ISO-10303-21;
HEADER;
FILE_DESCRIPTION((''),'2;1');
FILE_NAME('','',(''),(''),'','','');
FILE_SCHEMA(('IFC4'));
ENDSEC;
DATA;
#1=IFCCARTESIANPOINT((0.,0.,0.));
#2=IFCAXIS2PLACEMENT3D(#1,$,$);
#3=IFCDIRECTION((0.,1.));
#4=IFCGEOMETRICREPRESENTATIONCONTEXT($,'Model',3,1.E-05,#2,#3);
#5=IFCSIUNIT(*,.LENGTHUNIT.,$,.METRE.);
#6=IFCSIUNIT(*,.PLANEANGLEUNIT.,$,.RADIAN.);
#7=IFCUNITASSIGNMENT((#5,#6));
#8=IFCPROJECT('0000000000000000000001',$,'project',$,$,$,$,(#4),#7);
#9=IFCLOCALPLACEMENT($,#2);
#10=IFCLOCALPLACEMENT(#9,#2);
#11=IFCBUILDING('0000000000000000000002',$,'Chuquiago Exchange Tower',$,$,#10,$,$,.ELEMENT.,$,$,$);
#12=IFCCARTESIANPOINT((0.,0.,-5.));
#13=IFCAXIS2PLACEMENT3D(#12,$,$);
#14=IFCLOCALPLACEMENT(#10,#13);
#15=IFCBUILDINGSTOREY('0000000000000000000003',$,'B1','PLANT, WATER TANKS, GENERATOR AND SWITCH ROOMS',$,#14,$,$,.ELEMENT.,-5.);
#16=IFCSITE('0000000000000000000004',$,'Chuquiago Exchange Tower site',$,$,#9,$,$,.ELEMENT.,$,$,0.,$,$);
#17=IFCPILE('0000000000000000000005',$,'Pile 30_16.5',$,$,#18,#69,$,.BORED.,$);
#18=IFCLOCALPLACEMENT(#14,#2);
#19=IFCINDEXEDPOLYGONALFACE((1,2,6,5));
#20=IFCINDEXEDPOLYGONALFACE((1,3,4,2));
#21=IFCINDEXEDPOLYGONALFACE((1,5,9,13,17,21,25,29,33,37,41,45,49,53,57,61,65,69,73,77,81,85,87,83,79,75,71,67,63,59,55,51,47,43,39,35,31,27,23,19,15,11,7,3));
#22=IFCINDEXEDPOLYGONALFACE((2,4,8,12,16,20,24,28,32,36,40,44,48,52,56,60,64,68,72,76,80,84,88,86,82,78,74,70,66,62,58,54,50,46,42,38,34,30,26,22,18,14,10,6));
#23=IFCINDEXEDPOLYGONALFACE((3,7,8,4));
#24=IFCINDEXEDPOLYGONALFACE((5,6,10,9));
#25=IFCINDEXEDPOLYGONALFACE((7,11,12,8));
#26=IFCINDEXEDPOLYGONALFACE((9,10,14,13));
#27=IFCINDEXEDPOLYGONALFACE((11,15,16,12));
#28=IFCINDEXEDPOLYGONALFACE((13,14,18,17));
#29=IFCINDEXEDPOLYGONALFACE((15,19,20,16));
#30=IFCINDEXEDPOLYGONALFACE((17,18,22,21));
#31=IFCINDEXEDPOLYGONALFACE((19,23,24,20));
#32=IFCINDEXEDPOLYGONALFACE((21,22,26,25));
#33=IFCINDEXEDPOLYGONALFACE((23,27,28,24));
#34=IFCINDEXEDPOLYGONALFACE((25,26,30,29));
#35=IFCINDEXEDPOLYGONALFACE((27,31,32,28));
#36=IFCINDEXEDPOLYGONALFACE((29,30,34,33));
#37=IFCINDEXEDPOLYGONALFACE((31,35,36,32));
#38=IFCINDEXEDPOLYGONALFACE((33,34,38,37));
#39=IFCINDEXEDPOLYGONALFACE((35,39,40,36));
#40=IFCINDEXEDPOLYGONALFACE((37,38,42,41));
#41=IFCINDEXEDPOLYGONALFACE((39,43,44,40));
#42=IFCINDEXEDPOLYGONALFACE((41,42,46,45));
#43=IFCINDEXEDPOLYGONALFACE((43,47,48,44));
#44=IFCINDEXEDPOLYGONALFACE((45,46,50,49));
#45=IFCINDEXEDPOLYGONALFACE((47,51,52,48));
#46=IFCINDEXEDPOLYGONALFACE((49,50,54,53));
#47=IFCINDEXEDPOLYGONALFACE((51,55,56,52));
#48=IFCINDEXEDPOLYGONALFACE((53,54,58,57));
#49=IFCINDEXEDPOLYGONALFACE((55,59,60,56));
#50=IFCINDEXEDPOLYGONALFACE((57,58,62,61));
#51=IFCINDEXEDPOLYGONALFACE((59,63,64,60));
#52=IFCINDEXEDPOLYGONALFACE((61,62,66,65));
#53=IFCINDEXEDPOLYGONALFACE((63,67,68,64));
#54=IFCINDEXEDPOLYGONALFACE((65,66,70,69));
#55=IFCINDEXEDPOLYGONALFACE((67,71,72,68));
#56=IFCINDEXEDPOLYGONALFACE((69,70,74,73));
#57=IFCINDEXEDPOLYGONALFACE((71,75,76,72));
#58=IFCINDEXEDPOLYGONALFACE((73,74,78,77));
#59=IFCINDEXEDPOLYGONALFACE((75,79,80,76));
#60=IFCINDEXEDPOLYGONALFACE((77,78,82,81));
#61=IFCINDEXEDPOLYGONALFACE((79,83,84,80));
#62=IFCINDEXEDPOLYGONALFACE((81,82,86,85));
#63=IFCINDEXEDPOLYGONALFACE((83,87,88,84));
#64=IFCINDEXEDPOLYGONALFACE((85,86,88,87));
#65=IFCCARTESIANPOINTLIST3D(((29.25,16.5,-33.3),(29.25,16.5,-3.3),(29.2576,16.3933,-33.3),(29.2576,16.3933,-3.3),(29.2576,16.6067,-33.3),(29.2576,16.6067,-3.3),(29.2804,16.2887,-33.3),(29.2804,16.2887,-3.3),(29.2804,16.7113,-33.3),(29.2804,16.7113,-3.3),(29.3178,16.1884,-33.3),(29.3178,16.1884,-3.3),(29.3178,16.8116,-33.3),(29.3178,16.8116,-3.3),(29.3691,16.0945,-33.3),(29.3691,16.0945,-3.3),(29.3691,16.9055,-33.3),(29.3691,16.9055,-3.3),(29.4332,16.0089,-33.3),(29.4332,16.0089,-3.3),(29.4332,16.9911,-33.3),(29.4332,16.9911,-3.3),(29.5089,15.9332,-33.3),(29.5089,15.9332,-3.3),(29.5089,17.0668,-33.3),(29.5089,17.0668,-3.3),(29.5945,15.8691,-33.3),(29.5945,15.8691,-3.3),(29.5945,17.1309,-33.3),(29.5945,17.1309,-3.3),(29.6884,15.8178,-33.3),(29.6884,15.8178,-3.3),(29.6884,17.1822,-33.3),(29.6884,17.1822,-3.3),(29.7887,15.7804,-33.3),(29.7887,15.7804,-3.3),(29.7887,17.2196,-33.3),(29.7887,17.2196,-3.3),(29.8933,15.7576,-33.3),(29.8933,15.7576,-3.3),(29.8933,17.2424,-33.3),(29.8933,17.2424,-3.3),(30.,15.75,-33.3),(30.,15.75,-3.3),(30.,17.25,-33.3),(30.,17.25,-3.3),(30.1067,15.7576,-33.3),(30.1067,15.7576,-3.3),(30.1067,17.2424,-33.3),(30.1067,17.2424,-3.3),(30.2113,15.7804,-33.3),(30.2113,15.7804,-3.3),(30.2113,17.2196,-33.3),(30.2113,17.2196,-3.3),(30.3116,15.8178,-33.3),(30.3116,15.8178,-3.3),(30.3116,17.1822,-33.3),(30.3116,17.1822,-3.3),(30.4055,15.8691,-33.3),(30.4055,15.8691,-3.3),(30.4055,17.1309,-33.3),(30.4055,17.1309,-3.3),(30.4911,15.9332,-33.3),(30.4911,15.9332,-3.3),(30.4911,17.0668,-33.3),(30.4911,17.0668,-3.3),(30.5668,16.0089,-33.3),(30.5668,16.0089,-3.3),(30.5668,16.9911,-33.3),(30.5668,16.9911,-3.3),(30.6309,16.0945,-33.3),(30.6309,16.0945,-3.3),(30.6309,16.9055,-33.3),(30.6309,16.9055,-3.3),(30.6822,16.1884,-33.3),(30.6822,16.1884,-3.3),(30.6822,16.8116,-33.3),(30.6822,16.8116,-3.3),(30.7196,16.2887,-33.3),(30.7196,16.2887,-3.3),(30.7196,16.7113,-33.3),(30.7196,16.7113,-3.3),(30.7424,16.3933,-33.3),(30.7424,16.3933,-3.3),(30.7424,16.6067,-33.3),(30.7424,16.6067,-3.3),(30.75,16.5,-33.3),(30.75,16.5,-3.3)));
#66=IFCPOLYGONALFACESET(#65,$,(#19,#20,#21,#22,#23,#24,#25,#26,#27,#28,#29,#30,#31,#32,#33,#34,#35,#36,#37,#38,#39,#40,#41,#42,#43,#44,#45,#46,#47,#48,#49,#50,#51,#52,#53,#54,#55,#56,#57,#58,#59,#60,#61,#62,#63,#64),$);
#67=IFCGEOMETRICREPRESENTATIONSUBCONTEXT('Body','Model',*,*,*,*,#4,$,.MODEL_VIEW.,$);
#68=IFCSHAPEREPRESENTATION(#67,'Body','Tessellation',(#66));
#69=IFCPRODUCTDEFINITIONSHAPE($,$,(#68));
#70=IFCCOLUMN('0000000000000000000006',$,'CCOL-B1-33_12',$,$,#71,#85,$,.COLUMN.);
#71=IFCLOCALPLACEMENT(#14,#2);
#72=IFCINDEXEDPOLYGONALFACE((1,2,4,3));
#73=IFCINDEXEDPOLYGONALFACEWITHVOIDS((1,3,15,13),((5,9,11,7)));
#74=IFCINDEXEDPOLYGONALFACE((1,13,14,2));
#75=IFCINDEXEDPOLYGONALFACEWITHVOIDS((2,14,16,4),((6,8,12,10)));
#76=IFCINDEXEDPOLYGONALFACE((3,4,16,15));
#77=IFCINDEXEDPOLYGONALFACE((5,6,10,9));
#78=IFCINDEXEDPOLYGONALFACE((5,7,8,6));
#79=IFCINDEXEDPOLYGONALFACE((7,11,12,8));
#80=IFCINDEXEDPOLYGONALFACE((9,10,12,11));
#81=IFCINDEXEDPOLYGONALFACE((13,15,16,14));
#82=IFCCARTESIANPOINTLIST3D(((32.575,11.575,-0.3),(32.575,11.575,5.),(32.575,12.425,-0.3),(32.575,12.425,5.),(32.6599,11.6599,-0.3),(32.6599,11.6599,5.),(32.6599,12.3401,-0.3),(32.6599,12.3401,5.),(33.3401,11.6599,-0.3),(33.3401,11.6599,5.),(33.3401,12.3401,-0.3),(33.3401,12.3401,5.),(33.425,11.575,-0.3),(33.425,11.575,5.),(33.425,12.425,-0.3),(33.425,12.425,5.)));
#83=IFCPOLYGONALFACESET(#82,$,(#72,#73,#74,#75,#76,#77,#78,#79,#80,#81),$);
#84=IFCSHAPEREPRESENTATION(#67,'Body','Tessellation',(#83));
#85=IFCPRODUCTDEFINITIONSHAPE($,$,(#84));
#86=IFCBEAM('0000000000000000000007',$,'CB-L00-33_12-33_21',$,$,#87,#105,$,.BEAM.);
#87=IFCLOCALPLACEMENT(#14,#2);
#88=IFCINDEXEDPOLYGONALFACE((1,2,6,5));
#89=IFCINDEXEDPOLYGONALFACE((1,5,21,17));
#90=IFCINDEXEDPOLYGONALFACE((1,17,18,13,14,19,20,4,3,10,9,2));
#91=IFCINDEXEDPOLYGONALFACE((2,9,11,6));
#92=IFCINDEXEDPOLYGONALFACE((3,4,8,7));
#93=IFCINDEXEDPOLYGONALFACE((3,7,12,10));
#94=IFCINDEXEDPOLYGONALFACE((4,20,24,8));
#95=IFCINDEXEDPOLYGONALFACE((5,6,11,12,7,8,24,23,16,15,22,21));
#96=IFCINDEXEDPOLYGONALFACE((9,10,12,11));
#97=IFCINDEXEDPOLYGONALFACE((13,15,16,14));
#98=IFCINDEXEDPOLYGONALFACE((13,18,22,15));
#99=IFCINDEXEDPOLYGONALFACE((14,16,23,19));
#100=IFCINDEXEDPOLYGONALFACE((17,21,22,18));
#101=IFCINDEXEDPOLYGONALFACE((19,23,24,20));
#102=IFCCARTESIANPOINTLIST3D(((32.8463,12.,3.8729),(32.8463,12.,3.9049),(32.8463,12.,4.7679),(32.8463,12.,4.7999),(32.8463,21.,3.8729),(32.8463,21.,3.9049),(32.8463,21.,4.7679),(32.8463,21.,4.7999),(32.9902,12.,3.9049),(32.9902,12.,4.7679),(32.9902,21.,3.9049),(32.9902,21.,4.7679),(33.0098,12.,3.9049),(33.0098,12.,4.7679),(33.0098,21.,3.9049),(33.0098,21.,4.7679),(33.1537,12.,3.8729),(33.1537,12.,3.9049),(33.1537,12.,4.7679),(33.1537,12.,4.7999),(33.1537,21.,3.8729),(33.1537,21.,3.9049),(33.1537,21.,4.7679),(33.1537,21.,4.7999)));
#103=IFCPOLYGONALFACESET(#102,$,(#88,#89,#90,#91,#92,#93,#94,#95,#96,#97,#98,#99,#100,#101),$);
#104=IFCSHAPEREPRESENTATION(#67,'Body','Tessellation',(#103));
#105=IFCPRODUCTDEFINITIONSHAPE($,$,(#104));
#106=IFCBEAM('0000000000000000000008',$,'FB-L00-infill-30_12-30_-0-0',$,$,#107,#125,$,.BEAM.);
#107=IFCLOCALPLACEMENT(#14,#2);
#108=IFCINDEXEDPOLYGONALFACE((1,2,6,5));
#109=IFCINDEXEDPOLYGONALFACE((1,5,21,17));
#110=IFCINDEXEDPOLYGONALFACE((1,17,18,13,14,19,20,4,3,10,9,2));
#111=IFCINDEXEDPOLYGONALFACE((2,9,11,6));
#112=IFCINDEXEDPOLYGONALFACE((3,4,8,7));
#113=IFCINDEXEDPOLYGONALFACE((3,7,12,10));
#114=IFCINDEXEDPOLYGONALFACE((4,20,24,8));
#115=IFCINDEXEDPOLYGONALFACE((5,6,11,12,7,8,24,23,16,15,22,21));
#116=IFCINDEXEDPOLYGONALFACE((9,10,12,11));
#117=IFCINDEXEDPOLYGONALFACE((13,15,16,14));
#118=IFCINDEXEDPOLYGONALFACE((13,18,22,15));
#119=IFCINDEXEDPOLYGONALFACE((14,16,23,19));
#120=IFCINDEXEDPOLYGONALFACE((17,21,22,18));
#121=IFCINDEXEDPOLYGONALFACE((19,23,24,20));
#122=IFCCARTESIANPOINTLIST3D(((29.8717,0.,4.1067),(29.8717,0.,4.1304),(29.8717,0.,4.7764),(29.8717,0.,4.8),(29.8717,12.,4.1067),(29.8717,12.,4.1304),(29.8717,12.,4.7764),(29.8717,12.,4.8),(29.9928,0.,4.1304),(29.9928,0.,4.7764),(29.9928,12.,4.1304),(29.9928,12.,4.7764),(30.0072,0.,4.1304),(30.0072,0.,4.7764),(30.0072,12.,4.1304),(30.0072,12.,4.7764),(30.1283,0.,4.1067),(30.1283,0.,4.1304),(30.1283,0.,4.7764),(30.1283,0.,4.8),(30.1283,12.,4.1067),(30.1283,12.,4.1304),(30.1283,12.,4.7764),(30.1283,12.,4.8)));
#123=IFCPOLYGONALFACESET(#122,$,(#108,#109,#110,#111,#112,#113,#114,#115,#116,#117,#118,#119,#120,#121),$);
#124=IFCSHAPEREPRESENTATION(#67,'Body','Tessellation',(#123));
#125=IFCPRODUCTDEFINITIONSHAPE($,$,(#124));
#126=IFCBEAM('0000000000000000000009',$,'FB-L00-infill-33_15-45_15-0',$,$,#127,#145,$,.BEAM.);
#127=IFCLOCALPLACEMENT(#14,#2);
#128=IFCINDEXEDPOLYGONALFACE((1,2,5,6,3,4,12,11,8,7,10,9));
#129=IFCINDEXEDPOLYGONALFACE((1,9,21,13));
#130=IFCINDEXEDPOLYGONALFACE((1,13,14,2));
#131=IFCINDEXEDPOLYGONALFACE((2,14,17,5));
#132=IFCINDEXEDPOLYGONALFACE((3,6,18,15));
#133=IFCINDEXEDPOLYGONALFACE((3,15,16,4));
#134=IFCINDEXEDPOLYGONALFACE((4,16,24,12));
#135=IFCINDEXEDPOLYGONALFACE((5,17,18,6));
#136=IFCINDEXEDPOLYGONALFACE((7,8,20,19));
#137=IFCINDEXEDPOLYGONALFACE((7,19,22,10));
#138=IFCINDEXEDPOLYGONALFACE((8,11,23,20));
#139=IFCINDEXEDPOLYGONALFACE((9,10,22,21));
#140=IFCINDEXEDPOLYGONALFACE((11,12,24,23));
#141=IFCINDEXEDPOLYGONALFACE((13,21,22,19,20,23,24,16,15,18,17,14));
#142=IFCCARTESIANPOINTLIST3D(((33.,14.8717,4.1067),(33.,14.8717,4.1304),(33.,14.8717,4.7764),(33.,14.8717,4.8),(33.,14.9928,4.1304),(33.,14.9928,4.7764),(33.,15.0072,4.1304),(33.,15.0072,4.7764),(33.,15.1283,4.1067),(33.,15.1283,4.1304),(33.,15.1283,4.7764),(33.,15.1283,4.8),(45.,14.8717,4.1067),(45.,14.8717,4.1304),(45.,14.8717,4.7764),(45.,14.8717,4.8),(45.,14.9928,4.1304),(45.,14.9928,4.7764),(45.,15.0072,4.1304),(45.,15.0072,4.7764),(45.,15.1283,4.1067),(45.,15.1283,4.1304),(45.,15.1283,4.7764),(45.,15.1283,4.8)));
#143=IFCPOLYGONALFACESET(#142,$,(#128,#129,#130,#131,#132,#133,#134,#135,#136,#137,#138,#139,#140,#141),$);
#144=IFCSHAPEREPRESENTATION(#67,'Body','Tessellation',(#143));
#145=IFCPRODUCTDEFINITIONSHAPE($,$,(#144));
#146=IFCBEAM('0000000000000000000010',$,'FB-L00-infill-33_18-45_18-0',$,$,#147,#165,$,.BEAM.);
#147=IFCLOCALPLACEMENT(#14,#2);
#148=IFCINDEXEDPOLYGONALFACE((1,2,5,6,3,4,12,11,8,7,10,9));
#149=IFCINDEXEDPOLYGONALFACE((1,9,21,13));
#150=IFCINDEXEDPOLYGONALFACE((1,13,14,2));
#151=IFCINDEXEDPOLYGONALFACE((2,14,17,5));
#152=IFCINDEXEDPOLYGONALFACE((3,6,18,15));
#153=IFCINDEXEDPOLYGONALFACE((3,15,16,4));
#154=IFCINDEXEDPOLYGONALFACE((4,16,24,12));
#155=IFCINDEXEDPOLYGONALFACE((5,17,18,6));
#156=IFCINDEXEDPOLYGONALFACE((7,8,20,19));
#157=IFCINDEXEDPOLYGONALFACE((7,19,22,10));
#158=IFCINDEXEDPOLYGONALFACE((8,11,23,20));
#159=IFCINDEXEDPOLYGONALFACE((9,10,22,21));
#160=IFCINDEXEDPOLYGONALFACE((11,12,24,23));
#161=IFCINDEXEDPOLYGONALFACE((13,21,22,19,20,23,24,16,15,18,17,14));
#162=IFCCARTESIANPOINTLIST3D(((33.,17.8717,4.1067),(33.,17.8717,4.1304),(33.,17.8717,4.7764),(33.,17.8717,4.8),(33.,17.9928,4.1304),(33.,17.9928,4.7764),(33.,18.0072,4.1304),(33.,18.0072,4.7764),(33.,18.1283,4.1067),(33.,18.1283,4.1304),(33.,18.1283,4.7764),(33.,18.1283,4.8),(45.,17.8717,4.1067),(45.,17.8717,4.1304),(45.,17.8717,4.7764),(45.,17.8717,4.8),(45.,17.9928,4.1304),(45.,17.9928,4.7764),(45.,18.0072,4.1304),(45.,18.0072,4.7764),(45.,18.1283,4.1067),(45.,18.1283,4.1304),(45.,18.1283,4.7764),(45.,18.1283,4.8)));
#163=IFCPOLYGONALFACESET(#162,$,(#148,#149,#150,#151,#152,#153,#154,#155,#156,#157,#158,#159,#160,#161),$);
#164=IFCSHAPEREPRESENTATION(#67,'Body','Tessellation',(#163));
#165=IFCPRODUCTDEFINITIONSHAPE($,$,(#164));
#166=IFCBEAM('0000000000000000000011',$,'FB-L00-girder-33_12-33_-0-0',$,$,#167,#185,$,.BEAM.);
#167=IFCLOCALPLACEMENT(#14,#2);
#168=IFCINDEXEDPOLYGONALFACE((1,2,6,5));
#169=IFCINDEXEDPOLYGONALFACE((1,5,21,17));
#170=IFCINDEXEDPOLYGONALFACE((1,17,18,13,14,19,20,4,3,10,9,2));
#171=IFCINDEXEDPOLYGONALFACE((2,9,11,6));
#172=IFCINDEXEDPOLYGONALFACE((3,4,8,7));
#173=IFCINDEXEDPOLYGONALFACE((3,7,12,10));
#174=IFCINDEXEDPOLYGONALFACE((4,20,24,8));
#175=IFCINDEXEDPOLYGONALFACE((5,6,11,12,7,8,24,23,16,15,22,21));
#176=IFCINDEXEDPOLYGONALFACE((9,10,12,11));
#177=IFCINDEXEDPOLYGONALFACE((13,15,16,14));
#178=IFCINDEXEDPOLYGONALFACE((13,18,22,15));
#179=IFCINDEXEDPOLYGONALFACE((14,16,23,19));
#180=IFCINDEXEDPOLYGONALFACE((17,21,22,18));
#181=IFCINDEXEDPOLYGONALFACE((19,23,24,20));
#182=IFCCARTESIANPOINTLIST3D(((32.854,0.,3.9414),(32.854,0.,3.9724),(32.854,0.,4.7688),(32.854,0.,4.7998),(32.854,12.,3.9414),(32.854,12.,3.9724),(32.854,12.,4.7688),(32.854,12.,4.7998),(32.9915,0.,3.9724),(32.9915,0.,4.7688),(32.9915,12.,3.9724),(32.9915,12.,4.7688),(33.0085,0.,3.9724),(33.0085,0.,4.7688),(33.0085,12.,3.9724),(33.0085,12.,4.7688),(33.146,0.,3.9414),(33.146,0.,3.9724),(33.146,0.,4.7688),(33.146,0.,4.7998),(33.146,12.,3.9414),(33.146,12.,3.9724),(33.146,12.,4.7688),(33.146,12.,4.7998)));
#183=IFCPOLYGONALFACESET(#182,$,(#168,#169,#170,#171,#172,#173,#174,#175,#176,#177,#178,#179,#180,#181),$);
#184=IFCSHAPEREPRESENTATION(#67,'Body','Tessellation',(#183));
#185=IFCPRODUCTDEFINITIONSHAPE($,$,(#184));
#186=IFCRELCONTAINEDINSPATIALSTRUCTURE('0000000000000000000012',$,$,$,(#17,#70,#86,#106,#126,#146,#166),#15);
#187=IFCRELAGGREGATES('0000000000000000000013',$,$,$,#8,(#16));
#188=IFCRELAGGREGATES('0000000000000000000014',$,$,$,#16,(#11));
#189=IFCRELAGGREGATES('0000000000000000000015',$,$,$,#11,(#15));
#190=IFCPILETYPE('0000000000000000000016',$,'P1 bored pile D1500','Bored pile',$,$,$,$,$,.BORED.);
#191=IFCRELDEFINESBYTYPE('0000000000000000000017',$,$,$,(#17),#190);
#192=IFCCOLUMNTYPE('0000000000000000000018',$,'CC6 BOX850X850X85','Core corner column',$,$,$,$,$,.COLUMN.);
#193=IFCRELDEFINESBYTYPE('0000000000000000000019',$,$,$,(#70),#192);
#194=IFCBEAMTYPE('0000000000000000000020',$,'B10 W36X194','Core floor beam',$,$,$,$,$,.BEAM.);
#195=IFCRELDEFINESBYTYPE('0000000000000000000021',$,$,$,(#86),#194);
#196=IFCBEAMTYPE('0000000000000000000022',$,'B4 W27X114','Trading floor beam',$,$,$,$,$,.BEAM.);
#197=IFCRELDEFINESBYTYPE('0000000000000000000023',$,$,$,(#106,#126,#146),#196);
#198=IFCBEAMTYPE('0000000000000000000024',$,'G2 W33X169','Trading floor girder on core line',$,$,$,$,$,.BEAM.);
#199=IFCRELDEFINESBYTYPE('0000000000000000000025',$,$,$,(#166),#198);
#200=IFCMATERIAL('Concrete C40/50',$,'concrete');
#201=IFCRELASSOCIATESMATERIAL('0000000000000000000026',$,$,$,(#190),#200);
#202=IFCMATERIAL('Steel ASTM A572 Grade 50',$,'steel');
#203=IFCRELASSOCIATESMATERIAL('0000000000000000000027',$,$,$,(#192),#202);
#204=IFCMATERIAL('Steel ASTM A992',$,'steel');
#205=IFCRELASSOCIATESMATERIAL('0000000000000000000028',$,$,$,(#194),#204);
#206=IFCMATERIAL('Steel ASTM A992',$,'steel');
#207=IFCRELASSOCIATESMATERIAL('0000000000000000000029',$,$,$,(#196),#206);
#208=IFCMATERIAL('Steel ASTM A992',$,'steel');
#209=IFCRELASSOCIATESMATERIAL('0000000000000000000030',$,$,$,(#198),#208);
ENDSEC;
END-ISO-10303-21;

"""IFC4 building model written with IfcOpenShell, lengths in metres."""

from ifc_helpers import new_model, si_unit, direction, frame, origin, origin_2d, place, context, subcontext, project, spatial, hollow_rectangle, circle, i_section, extrude, material, material_profile, profile_set, type_object, element, save


model = new_model("IFC4")

# Units and contexts
model_context = context("Model", 3, precision=1e-05, world=origin(), true_north=direction((0.0, 1.0)))
body_context = subcontext(model_context, "Body", "Model", "MODEL_VIEW")
ifc_project = project(units=[si_unit("LENGTHUNIT", "METRE"), si_unit("PLANEANGLEUNIT", "RADIAN")], contexts=[model_context])

# Site, building, storey
site_placement = place(None, origin())
site = spatial("IfcSite", under=ifc_project, at=site_placement, Name="Chuquiago Exchange Tower site", CompositionType="ELEMENT", RefElevation=0.0)
building_placement = place(site_placement, origin())
building = spatial("IfcBuilding", under=site, at=building_placement, Name="Chuquiago Exchange Tower", CompositionType="ELEMENT")
storey_placement = place(building_placement, frame((0.0, 0.0, -5.0)))
storey = spatial("IfcBuildingStorey", under=building, at=storey_placement, Name="B1", Description="PLANT, WATER TANKS, GENERATOR AND SWITCH ROOMS", CompositionType="ELEMENT", Elevation=-5.0)

# Pile
ifc_material_1 = material(Name="Concrete C40/50", Category="concrete")
ifc_material_profile_1 = material_profile(ifc_material_1, circle(Radius=0.75, at=origin_2d()), Name="D1500")
ifc_profile_set_1 = profile_set([ifc_material_profile_1], Name="Concrete C40/50")
pile_type = type_object("IfcPileType", Name="P1 bored pile D1500", Description="Bored pile", PredefinedType="BORED", material=ifc_profile_set_1)
for number, where, z_axis, x_axis, name in (
    (1, (30.0, 16.5, -3.3), (0.0, 0.0, -1.0), (1.0, 0.0, 0.0), "Pile 30_16.5"),
):
    element("IfcPile", number, at=place(storey_placement, frame(where, z_axis=z_axis, x_axis=x_axis)), inside=storey, type_object=pile_type, Name=name, PredefinedType="BORED", context=body_context, shape_type="SweptSolid", body=[
        extrude(circle(Radius=0.75, at=origin_2d()), origin(), (0.0, 0.0, 1.0), 30.0),
    ])

# Column
ifc_material_2 = material(Name="Steel ASTM A572 Grade 50", Category="steel")
ifc_material_profile_2 = material_profile(ifc_material_2, hollow_rectangle(XDim=0.8501, YDim=0.8501, WallThickness=0.085, at=origin_2d()), Name="BOX850X850X85")
ifc_profile_set_2 = profile_set([ifc_material_profile_2], Name="Steel ASTM A572 Grade 50")
column_type = type_object("IfcColumnType", Name="CC6 BOX850X850X85", Description="Core corner column", PredefinedType="COLUMN", material=ifc_profile_set_2)
column_placement = place(storey_placement, frame((33.0, 12.0, -0.3), z_axis=(0.0, 0.0, 1.0), x_axis=(1.0, 0.0, 0.0)))
element("IfcColumn", 2, at=column_placement, inside=storey, type_object=column_type, Name="CCOL-B1-33_12", PredefinedType="COLUMN", context=body_context, shape_type="SweptSolid", body=[
    extrude(hollow_rectangle(XDim=0.8501, YDim=0.8501, WallThickness=0.085, at=origin_2d()), origin(), (0.0, 0.0, 1.0), 5.3),
])

# Beams
ifc_material_3 = material(Name="Steel ASTM A992", Category="steel")
ifc_material_profile_3 = material_profile(ifc_material_3, i_section(OverallWidth=0.3074, OverallDepth=0.927, WebThickness=0.0195, FlangeThickness=0.032, at=origin_2d()), Name="W36X194")
ifc_profile_set_3 = profile_set([ifc_material_profile_3], Name="Steel ASTM A992")
beam_type_1 = type_object("IfcBeamType", Name="B10 W36X194", Description="Core floor beam", PredefinedType="BEAM", material=ifc_profile_set_3)
beam_placement = place(storey_placement, frame((33.0, 12.0, 4.3364), z_axis=(0.0, 1.0, 0.0), x_axis=(-1.0, 0.0, 0.0)))
element("IfcBeam", 3, at=beam_placement, inside=storey, type_object=beam_type_1, Name="CB-L00-33_12-33_21", PredefinedType="BEAM", context=body_context, shape_type="SweptSolid", body=[
    extrude(i_section(OverallWidth=0.3074, OverallDepth=0.927, WebThickness=0.0195, FlangeThickness=0.032, at=origin_2d()), origin(), (0.0, 0.0, 1.0), 9.0),
])
ifc_material_4 = material(Name="Steel ASTM A992", Category="steel")
ifc_material_profile_4 = material_profile(ifc_material_4, i_section(OverallWidth=0.2566, OverallDepth=0.6934, WebThickness=0.0144, FlangeThickness=0.0237, at=origin_2d()), Name="W27X114")
ifc_profile_set_4 = profile_set([ifc_material_profile_4], Name="Steel ASTM A992")
beam_type_2 = type_object("IfcBeamType", Name="B4 W27X114", Description="Trading floor beam", PredefinedType="BEAM", material=ifc_profile_set_4)
for number, where, z_axis, x_axis, name in (
    (4, (30.0, 12.0, 4.4534), (0.0, -1.0, 0.0), (1.0, 0.0, 0.0), "FB-L00-infill-30_12-30_-0-0"),
    (5, (33.0, 15.0, 4.4534), (1.0, 0.0, 0.0), (0.0, 1.0, 0.0), "FB-L00-infill-33_15-45_15-0"),
    (6, (33.0, 18.0, 4.4534), (1.0, 0.0, 0.0), (0.0, 1.0, 0.0), "FB-L00-infill-33_18-45_18-0"),
):
    element("IfcBeam", number, at=place(storey_placement, frame(where, z_axis=z_axis, x_axis=x_axis)), inside=storey, type_object=beam_type_2, Name=name, PredefinedType="BEAM", context=body_context, shape_type="SweptSolid", body=[
        extrude(i_section(OverallWidth=0.2566, OverallDepth=0.6934, WebThickness=0.0144, FlangeThickness=0.0237, at=origin_2d()), origin(), (0.0, 0.0, 1.0), 12.0),
    ])
ifc_material_5 = material(Name="Steel ASTM A992", Category="steel")
ifc_material_profile_5 = material_profile(ifc_material_5, i_section(OverallWidth=0.292, OverallDepth=0.8584, WebThickness=0.0171, FlangeThickness=0.031, at=origin_2d()), Name="W33X169")
ifc_profile_set_5 = profile_set([ifc_material_profile_5], Name="Steel ASTM A992")
beam_type_3 = type_object("IfcBeamType", Name="G2 W33X169", Description="Trading floor girder on core line", PredefinedType="BEAM", material=ifc_profile_set_5)
for number, where, z_axis, x_axis, name in (
    (7, (33.0, 12.0, 4.3706), (0.0, -1.0, 0.0), (1.0, 0.0, 0.0), "FB-L00-girder-33_12-33_-0-0"),
):
    element("IfcBeam", number, at=place(storey_placement, frame(where, z_axis=z_axis, x_axis=x_axis)), inside=storey, type_object=beam_type_3, Name=name, PredefinedType="BEAM", context=body_context, shape_type="SweptSolid", body=[
        extrude(i_section(OverallWidth=0.292, OverallDepth=0.8584, WebThickness=0.0171, FlangeThickness=0.031, at=origin_2d()), origin(), (0.0, 0.0, 1.0), 12.0),
    ])

save(model, "model.ifc")
